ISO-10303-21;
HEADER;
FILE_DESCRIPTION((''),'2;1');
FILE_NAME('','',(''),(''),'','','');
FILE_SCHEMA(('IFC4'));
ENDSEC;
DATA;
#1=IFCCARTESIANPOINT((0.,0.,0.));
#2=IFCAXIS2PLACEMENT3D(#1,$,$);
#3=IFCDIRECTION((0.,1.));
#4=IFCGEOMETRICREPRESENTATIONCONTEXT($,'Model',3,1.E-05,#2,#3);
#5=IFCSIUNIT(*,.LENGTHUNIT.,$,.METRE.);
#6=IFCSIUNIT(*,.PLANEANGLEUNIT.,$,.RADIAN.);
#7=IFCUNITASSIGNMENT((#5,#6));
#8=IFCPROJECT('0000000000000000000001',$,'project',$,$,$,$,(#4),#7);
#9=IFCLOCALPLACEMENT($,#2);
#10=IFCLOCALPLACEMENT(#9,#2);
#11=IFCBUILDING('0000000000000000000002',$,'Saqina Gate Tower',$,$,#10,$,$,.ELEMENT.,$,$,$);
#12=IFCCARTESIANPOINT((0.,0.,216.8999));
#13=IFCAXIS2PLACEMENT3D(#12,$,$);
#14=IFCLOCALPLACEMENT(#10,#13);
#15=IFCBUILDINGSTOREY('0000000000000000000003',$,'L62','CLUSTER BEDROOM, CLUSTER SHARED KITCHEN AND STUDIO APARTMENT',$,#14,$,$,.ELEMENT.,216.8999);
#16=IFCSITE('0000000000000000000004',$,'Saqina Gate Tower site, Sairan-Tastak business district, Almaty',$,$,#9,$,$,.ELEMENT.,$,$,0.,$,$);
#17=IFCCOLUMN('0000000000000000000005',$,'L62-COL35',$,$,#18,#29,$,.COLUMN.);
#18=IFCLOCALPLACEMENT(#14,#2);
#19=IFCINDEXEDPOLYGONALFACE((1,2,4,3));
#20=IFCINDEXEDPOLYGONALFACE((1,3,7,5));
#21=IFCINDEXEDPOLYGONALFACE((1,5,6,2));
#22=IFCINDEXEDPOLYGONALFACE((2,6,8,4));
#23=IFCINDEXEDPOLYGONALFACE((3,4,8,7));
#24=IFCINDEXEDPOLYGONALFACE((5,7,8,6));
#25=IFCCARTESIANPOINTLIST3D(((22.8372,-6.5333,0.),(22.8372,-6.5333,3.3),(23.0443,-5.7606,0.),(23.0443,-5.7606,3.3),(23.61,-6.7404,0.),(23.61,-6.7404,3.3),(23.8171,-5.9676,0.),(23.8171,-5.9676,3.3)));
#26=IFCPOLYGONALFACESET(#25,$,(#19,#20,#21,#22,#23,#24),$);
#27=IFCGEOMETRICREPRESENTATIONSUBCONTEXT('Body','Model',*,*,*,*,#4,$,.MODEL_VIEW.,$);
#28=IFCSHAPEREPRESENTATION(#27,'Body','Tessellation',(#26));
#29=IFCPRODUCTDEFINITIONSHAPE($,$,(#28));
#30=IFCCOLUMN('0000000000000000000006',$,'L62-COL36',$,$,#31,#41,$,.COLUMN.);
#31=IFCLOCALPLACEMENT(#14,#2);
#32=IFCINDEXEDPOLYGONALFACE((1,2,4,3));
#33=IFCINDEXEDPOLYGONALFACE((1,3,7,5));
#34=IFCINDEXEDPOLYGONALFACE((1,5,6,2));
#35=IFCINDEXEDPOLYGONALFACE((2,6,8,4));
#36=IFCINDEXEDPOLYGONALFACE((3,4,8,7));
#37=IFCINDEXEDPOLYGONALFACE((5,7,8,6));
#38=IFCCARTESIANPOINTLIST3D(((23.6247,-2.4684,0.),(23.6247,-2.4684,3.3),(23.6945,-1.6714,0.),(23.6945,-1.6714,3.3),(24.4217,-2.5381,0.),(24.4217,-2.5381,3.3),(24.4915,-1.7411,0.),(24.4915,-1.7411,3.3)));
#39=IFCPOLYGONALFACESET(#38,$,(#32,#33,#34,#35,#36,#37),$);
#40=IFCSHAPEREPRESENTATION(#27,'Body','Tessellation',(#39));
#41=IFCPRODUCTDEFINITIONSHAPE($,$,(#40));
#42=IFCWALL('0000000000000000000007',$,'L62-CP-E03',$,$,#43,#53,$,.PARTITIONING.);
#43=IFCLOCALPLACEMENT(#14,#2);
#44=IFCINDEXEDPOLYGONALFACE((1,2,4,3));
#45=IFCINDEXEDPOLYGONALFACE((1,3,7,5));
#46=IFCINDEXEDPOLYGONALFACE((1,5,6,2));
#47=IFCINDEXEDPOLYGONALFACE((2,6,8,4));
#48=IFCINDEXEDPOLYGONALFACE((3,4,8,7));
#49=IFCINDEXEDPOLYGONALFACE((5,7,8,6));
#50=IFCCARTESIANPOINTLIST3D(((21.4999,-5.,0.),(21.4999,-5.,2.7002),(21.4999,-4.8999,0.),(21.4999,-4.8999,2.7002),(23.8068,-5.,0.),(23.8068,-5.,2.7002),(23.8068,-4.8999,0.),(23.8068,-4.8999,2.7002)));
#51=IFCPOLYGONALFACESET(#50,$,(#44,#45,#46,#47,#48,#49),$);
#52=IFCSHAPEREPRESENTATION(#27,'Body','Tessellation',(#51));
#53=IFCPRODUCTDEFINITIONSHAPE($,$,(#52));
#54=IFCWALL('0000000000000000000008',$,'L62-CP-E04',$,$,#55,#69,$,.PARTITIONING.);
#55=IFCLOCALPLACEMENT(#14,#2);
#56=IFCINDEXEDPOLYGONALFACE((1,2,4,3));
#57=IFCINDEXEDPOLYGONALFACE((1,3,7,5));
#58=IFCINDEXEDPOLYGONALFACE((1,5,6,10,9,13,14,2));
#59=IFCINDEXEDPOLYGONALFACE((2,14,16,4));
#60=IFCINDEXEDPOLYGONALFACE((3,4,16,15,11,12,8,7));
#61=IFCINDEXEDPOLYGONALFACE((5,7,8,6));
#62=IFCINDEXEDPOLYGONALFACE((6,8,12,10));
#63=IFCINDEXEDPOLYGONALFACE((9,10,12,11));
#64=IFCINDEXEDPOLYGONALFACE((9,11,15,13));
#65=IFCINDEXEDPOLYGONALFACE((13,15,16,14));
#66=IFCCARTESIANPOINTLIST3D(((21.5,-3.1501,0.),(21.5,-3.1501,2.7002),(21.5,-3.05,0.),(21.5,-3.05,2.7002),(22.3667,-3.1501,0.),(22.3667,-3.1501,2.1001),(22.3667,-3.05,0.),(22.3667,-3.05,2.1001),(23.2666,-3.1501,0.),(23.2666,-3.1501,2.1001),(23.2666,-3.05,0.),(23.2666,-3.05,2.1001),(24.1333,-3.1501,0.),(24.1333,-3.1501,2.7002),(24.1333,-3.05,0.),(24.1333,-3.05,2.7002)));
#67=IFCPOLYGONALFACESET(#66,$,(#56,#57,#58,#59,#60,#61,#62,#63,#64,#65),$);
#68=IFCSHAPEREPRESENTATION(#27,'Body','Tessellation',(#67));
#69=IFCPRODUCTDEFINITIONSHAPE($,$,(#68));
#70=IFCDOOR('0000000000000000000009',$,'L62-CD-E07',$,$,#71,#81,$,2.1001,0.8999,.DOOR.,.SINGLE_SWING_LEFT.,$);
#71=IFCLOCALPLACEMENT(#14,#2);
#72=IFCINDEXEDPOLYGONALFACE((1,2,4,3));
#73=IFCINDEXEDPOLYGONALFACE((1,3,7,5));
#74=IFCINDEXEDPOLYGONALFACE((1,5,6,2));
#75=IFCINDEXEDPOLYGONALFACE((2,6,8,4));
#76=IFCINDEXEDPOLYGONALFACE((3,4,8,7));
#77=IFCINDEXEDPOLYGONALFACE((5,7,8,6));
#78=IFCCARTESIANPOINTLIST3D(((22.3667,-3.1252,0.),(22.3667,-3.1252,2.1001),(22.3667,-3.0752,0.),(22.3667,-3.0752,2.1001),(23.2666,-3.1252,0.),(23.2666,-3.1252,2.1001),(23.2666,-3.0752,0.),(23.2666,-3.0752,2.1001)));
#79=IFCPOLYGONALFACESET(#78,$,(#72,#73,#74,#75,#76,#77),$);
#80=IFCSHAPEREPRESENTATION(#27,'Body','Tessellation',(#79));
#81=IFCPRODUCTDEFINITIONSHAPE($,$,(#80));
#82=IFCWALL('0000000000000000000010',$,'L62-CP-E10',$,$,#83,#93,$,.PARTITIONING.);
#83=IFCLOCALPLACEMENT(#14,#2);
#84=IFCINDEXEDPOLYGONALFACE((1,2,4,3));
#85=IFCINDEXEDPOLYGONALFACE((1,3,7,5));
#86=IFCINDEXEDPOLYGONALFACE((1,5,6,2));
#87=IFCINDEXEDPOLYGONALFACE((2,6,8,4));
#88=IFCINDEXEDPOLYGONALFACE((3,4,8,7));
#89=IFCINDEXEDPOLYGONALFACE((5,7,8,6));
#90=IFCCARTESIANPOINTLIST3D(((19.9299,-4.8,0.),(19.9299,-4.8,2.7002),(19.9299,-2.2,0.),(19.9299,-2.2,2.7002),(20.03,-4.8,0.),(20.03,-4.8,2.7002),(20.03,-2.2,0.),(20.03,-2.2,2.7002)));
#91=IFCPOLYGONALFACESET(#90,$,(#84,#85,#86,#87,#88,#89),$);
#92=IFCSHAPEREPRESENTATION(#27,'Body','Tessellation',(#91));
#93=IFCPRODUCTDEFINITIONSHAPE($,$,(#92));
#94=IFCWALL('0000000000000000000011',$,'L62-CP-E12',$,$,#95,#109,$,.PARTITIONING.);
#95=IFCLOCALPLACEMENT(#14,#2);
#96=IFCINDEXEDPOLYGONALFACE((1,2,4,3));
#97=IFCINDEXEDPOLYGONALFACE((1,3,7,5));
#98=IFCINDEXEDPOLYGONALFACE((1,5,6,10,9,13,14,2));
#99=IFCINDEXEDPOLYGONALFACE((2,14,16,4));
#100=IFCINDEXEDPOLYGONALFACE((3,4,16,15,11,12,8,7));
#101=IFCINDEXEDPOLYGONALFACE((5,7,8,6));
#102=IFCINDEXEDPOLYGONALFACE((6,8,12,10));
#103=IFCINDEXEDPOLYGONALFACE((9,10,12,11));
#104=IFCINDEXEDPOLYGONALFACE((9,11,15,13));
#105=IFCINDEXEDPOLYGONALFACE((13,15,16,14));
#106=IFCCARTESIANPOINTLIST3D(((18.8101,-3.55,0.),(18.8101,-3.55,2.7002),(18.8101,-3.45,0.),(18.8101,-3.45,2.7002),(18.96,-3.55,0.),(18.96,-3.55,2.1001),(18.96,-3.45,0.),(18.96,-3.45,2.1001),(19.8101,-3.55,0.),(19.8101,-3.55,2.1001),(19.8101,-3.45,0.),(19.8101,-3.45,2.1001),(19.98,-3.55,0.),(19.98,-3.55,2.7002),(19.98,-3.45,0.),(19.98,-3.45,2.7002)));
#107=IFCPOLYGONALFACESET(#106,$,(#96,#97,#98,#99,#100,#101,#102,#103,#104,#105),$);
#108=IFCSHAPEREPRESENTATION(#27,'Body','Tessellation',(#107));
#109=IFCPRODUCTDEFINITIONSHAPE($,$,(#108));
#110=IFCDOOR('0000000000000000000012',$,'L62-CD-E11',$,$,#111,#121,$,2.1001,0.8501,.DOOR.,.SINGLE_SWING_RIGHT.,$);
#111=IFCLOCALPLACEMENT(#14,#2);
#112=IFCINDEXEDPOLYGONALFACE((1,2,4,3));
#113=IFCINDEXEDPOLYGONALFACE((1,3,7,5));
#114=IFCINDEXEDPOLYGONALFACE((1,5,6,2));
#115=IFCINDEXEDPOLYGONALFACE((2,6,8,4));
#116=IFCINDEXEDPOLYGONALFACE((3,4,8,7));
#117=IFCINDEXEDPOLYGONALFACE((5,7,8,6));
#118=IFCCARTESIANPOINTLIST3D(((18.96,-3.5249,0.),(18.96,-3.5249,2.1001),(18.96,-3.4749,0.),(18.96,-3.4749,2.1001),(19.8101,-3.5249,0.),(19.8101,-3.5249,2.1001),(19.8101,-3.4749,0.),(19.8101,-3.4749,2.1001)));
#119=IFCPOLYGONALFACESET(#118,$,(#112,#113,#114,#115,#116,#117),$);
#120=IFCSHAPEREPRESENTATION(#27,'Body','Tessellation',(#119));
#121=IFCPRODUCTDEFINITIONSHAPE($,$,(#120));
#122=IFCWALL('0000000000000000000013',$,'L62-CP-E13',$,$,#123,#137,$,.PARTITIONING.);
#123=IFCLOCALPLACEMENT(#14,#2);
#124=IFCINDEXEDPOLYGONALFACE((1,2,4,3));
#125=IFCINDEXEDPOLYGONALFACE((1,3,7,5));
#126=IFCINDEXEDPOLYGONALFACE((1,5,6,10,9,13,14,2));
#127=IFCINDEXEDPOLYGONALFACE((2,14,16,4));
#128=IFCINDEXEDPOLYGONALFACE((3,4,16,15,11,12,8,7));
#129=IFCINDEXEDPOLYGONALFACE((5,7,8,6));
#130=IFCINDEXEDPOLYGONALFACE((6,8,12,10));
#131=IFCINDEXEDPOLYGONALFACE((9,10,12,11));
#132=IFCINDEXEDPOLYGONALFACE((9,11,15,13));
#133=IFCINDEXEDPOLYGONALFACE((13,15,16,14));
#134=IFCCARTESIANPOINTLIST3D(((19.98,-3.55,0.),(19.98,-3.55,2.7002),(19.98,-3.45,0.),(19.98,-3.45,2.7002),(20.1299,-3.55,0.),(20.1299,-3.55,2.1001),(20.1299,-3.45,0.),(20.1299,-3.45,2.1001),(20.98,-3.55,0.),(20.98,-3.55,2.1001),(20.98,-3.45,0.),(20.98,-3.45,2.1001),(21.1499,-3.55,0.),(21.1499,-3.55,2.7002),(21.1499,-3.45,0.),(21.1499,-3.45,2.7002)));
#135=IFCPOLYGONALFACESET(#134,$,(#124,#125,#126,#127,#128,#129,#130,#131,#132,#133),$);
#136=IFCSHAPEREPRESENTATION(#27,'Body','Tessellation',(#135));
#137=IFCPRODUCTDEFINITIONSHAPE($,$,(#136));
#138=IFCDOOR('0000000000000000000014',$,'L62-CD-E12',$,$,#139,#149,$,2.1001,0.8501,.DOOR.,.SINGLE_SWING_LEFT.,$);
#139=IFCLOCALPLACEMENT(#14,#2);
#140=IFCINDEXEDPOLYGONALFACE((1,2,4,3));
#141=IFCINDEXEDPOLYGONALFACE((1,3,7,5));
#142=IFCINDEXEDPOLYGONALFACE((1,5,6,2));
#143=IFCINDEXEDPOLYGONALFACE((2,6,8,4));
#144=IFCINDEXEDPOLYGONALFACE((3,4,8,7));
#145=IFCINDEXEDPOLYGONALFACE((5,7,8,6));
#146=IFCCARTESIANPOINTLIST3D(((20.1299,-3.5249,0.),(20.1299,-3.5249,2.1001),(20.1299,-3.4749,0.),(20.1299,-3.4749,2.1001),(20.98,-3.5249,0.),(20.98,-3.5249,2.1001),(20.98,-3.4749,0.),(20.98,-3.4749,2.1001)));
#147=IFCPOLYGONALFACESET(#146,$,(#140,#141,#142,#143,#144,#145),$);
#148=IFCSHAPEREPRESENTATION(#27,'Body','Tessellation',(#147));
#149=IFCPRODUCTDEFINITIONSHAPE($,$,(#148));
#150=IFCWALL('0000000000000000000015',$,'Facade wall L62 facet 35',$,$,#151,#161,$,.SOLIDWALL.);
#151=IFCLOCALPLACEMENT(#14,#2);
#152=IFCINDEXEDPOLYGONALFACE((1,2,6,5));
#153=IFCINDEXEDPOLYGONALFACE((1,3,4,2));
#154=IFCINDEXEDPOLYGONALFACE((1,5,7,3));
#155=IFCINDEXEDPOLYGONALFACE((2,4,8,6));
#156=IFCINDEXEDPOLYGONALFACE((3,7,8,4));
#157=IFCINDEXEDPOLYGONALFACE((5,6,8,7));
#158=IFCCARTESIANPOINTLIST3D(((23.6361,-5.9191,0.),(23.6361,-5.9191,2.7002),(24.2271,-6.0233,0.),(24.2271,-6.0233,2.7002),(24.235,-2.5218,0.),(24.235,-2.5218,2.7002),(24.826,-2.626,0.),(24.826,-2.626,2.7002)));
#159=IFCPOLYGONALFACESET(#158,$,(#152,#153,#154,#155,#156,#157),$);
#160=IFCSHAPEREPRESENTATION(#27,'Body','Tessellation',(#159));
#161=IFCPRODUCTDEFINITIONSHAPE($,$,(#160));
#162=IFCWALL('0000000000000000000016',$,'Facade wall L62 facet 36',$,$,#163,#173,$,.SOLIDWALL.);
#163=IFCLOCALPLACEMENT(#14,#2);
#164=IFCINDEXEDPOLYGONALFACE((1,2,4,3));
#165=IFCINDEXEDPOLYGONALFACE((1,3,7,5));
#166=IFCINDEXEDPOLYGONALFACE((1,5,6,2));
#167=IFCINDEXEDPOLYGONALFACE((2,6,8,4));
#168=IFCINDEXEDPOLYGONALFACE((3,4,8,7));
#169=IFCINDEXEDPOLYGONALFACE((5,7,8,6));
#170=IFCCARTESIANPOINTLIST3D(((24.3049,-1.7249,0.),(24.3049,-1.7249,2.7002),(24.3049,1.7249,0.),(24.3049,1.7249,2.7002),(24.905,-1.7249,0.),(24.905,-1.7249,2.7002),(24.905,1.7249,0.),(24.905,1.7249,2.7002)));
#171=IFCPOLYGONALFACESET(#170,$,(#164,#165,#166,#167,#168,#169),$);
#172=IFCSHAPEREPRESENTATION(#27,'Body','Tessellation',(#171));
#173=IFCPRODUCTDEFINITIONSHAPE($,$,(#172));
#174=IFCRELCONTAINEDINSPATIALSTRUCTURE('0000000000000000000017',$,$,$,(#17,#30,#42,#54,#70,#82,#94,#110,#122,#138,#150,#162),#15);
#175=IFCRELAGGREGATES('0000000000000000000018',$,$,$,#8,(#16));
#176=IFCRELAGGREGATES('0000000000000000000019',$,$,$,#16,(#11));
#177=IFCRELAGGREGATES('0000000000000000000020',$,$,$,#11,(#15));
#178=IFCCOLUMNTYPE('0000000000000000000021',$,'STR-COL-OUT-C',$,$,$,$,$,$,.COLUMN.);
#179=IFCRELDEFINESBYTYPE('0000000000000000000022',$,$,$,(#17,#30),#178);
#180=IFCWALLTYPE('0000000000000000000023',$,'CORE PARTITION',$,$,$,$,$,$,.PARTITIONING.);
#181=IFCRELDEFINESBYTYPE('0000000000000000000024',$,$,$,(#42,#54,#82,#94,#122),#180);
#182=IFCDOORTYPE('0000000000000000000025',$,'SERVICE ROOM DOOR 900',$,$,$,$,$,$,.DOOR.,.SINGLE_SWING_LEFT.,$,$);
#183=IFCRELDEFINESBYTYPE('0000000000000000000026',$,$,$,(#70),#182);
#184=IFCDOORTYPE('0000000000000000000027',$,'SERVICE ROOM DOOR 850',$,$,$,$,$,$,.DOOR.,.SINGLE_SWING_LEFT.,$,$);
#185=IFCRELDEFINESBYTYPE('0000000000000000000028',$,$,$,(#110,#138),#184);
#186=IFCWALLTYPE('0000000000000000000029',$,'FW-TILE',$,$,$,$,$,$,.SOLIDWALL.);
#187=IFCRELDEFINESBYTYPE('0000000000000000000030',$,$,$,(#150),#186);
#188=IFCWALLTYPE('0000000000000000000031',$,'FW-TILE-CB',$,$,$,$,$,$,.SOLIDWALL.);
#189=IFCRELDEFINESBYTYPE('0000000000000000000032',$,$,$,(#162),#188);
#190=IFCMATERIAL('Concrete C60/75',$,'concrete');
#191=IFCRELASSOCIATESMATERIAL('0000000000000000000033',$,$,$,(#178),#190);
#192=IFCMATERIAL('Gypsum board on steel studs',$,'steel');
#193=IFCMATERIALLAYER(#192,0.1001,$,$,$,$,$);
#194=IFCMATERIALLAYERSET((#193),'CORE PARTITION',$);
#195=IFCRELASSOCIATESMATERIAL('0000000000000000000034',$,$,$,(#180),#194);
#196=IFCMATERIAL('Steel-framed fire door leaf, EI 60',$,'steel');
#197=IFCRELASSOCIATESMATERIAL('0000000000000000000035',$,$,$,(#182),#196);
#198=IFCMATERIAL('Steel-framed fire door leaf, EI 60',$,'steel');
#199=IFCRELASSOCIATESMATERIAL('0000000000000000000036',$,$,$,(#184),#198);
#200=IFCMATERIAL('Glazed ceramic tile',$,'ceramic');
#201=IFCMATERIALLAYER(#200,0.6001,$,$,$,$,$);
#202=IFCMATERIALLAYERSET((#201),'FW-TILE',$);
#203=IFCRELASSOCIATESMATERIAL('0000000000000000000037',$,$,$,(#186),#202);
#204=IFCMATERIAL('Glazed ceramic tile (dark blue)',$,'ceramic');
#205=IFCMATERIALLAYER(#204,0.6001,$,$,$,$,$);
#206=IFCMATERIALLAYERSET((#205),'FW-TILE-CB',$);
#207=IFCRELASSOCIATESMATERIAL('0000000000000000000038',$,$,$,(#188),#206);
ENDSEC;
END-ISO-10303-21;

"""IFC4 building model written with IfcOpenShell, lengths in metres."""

from ifc_helpers import new_model, si_unit, direction, frame, frame_2d, origin, origin_2d, place, context, subcontext, project, spatial, rectangle, extrude, material, layer, layer_set, material_profile, profile_set, type_object, element, fill, save


model = new_model("IFC4")

# Units and contexts
model_context = context("Model", 3, precision=1e-05, world=origin(), true_north=direction((0.0, 1.0)))
body_context = subcontext(model_context, "Body", "Model", "MODEL_VIEW")
ifc_project = project(units=[si_unit("LENGTHUNIT", "METRE"), si_unit("PLANEANGLEUNIT", "RADIAN")], contexts=[model_context])

# Site, building, storey
site_placement = place(None, origin())
site = spatial("IfcSite", under=ifc_project, at=site_placement, Name="Saqina Gate Tower site, Sairan-Tastak business district, Almaty", CompositionType="ELEMENT", RefElevation=0.0)
building_placement = place(site_placement, origin())
building = spatial("IfcBuilding", under=site, at=building_placement, Name="Saqina Gate Tower", CompositionType="ELEMENT")
storey_placement = place(building_placement, frame((0.0, 0.0, 216.8999)))
storey = spatial("IfcBuildingStorey", under=building, at=storey_placement, Name="L62", Description="CLUSTER BEDROOM, CLUSTER SHARED KITCHEN AND STUDIO APARTMENT", CompositionType="ELEMENT", Elevation=216.8999)

# Columns
ifc_material_1 = material(Name="Concrete C60/75", Category="concrete")
ifc_material_profile = material_profile(ifc_material_1, rectangle(XDim=0.8, YDim=0.8, at=origin_2d()), Name="RC 800x800")
ifc_profile_set = profile_set([ifc_material_profile], Name="Concrete C60/75")
column_type = type_object("IfcColumnType", Name="STR-COL-OUT-C", PredefinedType="COLUMN", material=ifc_profile_set)
for number, where, z_axis, x_axis, name in (
    (1, (23.3271, -6.2505, 0.0), (0.0, 0.0, 1.0), (0.965926, -0.258819, 0.0), "L62-COL35"),
    (2, (24.0581, -2.1047, 0.0), (0.0, 0.0, 1.0), (0.996195, -0.087156, 0.0), "L62-COL36"),
):
    element("IfcColumn", number, at=place(storey_placement, frame(where, z_axis=z_axis, x_axis=x_axis)), inside=storey, type_object=column_type, Name=name, PredefinedType="COLUMN", context=body_context, shape_type="SweptSolid", body=[
        extrude(rectangle(XDim=0.8, YDim=0.8, at=origin_2d()), origin(), (0.0, 0.0, 1.0), 3.3),
    ])

# Wall
ifc_material_2 = material(Name="Gypsum board on steel studs", Category="steel")
ifc_layer_1 = layer(ifc_material_2, 0.1001)
ifc_layer_set_1 = layer_set([ifc_layer_1], Name="CORE PARTITION")
wall_type_1 = type_object("IfcWallType", Name="CORE PARTITION", PredefinedType="PARTITIONING", material=ifc_layer_set_1)
wall_1_placement = place(storey_placement, frame((21.5, -4.95, 0.0), z_axis=(0.0, 0.0, 1.0), x_axis=(1.0, 0.0, 0.0)))
element("IfcWall", 3, at=wall_1_placement, inside=storey, type_object=wall_type_1, Name="L62-CP-E03", PredefinedType="PARTITIONING", context=body_context, shape_type="SweptSolid", body=[
    extrude(rectangle(XDim=2.3069, YDim=0.1001, at=frame_2d((1.1533, 0.0))), origin(), (0.0, 0.0, 1.0), 2.7002),
])

# Wall, opening, door
wall_2_placement = place(storey_placement, frame((21.5, -3.1001, 0.0), z_axis=(0.0, 0.0, 1.0), x_axis=(1.0, 0.0, 0.0)))
wall_2 = element("IfcWall", 4, at=wall_2_placement, inside=storey, type_object=wall_type_1, Name="L62-CP-E04", PredefinedType="PARTITIONING", context=body_context, shape_type="SweptSolid", body=[
    extrude(rectangle(XDim=2.6333, YDim=0.1001, at=frame_2d((1.3167, 0.0))), origin(), (0.0, 0.0, 1.0), 2.7002),
])
opening_1_placement = place(wall_2_placement, frame((0.8667, 0.0, 0.0)))
opening_1 = element("IfcOpeningElement", 5, at=opening_1_placement, cuts=wall_2, PredefinedType="OPENING", context=body_context, shape_type="SweptSolid", body=[
    extrude(rectangle(XDim=0.8999, YDim=2.1001, at=frame_2d((0.45, 1.05))), frame((0.0, 0.062, 0.0), z_axis=(0.0, -1.0, 0.0), x_axis=(1.0, 0.0, 0.0)), (0.0, 0.0, 1.0), 0.124),
])
ifc_material_3 = material(Name="Steel-framed fire door leaf, EI 60", Category="steel")
door_type_1 = type_object("IfcDoorType", Name="SERVICE ROOM DOOR 900", OperationType="SINGLE_SWING_LEFT", PredefinedType="DOOR", material=ifc_material_3)
door_1_placement = place(opening_1_placement, origin())
door_1 = element("IfcDoor", 6, at=door_1_placement, inside=storey, type_object=door_type_1, Name="L62-CD-E07", OperationType="SINGLE_SWING_LEFT", OverallHeight=2.1001, OverallWidth=0.8999, PredefinedType="DOOR", context=body_context, shape_type="SweptSolid", body=[
    extrude(rectangle(XDim=0.8999, YDim=2.1001, at=frame_2d((0.45, 1.05))), frame((0.0, 0.0249, 0.0), z_axis=(0.0, -1.0, 0.0), x_axis=(1.0, 0.0, 0.0)), (0.0, 0.0, 1.0), 0.05),
])
fill(opening_1, door_1)

# Wall
wall_3_placement = place(storey_placement, frame((19.98, -4.8, 0.0), z_axis=(0.0, 0.0, 1.0), x_axis=(0.0, 1.0, 0.0)))
element("IfcWall", 7, at=wall_3_placement, inside=storey, type_object=wall_type_1, Name="L62-CP-E10", PredefinedType="PARTITIONING", context=body_context, shape_type="SweptSolid", body=[
    extrude(rectangle(XDim=2.6001, YDim=0.1001, at=frame_2d((1.3, 0.0))), origin(), (0.0, 0.0, 1.0), 2.7002),
])

# Walls, openings, doors
wall_4_placement = place(storey_placement, frame((18.8101, -3.5, 0.0), z_axis=(0.0, 0.0, 1.0), x_axis=(1.0, 0.0, 0.0)))
wall_4 = element("IfcWall", 8, at=wall_4_placement, inside=storey, type_object=wall_type_1, Name="L62-CP-E12", PredefinedType="PARTITIONING", context=body_context, shape_type="SweptSolid", body=[
    extrude(rectangle(XDim=1.1699, YDim=0.1001, at=frame_2d((0.585, 0.0))), origin(), (0.0, 0.0, 1.0), 2.7002),
])
opening_2_placement = place(wall_4_placement, frame((0.1499, 0.0, 0.0)))
opening_2 = element("IfcOpeningElement", 9, at=opening_2_placement, cuts=wall_4, PredefinedType="OPENING", context=body_context, shape_type="SweptSolid", body=[
    extrude(rectangle(XDim=0.8501, YDim=2.1001, at=frame_2d((0.425, 1.05))), frame((0.0, 0.062, 0.0), z_axis=(0.0, -1.0, 0.0), x_axis=(1.0, 0.0, 0.0)), (0.0, 0.0, 1.0), 0.124),
])
ifc_material_4 = material(Name="Steel-framed fire door leaf, EI 60", Category="steel")
door_type_2 = type_object("IfcDoorType", Name="SERVICE ROOM DOOR 850", OperationType="SINGLE_SWING_LEFT", PredefinedType="DOOR", material=ifc_material_4)
door_2_placement = place(opening_2_placement, frame((0.8501, 0.0, 0.0), z_axis=(0.0, 0.0, 1.0), x_axis=(-1.0, 0.0, 0.0)))
door_2 = element("IfcDoor", 10, at=door_2_placement, inside=storey, type_object=door_type_2, Name="L62-CD-E11", OperationType="SINGLE_SWING_RIGHT", OverallHeight=2.1001, OverallWidth=0.8501, PredefinedType="DOOR", context=body_context, shape_type="SweptSolid", body=[
    extrude(rectangle(XDim=0.8501, YDim=2.1001, at=frame_2d((0.425, 1.05))), frame((0.0, 0.0249, 0.0), z_axis=(0.0, -1.0, 0.0), x_axis=(1.0, 0.0, 0.0)), (0.0, 0.0, 1.0), 0.05),
])
fill(opening_2, door_2)
wall_5_placement = place(storey_placement, frame((19.98, -3.5, 0.0), z_axis=(0.0, 0.0, 1.0), x_axis=(1.0, 0.0, 0.0)))
wall_5 = element("IfcWall", 11, at=wall_5_placement, inside=storey, type_object=wall_type_1, Name="L62-CP-E13", PredefinedType="PARTITIONING", context=body_context, shape_type="SweptSolid", body=[
    extrude(rectangle(XDim=1.1699, YDim=0.1001, at=frame_2d((0.585, 0.0))), origin(), (0.0, 0.0, 1.0), 2.7002),
])
opening_3_placement = place(wall_5_placement, frame((0.1499, 0.0, 0.0)))
opening_3 = element("IfcOpeningElement", 12, at=opening_3_placement, cuts=wall_5, PredefinedType="OPENING", context=body_context, shape_type="SweptSolid", body=[
    extrude(rectangle(XDim=0.8501, YDim=2.1001, at=frame_2d((0.425, 1.05))), frame((0.0, 0.062, 0.0), z_axis=(0.0, -1.0, 0.0), x_axis=(1.0, 0.0, 0.0)), (0.0, 0.0, 1.0), 0.124),
])
door_3_placement = place(opening_3_placement, frame((0.8501, 0.0, 0.0), z_axis=(0.0, 0.0, 1.0), x_axis=(-1.0, 0.0, 0.0)))
door_3 = element("IfcDoor", 13, at=door_3_placement, inside=storey, type_object=door_type_2, Name="L62-CD-E12", OperationType="SINGLE_SWING_LEFT", OverallHeight=2.1001, OverallWidth=0.8501, PredefinedType="DOOR", context=body_context, shape_type="SweptSolid", body=[
    extrude(rectangle(XDim=0.8501, YDim=2.1001, at=frame_2d((0.425, 1.05))), frame((0.0, 0.0249, 0.0), z_axis=(0.0, -1.0, 0.0), x_axis=(1.0, 0.0, 0.0)), (0.0, 0.0, 1.0), 0.05),
])
fill(opening_3, door_3)

# Walls
ifc_material_5 = material(Name="Glazed ceramic tile", Category="ceramic")
ifc_layer_2 = layer(ifc_material_5, 0.6001)
ifc_layer_set_2 = layer_set([ifc_layer_2], Name="FW-TILE")
wall_type_2 = type_object("IfcWallType", Name="FW-TILE", PredefinedType="SOLIDWALL", material=ifc_layer_set_2)
wall_6_placement = place(storey_placement, frame((23.9316, -5.9712, 0.0), z_axis=(0.0, 0.0, 1.0), x_axis=(0.173608, 0.984815, 0.0)))
element("IfcWall", 14, at=wall_6_placement, inside=storey, type_object=wall_type_2, Name="Facade wall L62 facet 35", PredefinedType="SOLIDWALL", context=body_context, shape_type="SweptSolid", body=[
    extrude(rectangle(XDim=3.4497, YDim=0.6001, at=frame_2d((1.7249, 0.0))), origin(), (0.0, 0.0, 1.0), 2.7002),
])
ifc_material_6 = material(Name="Glazed ceramic tile (dark blue)", Category="ceramic")
ifc_layer_3 = layer(ifc_material_6, 0.6001)
ifc_layer_set_3 = layer_set([ifc_layer_3], Name="FW-TILE-CB")
wall_type_3 = type_object("IfcWallType", Name="FW-TILE-CB", PredefinedType="SOLIDWALL", material=ifc_layer_set_3)
wall_7_placement = place(storey_placement, frame((24.605, -1.7249, 0.0), z_axis=(0.0, 0.0, 1.0), x_axis=(0.0, 1.0, 0.0)))
element("IfcWall", 15, at=wall_7_placement, inside=storey, type_object=wall_type_3, Name="Facade wall L62 facet 36", PredefinedType="SOLIDWALL", context=body_context, shape_type="SweptSolid", body=[
    extrude(rectangle(XDim=3.4497, YDim=0.6001, at=frame_2d((1.7249, 0.0))), origin(), (0.0, 0.0, 1.0), 2.7002),
])

save(model, "model.ifc")
